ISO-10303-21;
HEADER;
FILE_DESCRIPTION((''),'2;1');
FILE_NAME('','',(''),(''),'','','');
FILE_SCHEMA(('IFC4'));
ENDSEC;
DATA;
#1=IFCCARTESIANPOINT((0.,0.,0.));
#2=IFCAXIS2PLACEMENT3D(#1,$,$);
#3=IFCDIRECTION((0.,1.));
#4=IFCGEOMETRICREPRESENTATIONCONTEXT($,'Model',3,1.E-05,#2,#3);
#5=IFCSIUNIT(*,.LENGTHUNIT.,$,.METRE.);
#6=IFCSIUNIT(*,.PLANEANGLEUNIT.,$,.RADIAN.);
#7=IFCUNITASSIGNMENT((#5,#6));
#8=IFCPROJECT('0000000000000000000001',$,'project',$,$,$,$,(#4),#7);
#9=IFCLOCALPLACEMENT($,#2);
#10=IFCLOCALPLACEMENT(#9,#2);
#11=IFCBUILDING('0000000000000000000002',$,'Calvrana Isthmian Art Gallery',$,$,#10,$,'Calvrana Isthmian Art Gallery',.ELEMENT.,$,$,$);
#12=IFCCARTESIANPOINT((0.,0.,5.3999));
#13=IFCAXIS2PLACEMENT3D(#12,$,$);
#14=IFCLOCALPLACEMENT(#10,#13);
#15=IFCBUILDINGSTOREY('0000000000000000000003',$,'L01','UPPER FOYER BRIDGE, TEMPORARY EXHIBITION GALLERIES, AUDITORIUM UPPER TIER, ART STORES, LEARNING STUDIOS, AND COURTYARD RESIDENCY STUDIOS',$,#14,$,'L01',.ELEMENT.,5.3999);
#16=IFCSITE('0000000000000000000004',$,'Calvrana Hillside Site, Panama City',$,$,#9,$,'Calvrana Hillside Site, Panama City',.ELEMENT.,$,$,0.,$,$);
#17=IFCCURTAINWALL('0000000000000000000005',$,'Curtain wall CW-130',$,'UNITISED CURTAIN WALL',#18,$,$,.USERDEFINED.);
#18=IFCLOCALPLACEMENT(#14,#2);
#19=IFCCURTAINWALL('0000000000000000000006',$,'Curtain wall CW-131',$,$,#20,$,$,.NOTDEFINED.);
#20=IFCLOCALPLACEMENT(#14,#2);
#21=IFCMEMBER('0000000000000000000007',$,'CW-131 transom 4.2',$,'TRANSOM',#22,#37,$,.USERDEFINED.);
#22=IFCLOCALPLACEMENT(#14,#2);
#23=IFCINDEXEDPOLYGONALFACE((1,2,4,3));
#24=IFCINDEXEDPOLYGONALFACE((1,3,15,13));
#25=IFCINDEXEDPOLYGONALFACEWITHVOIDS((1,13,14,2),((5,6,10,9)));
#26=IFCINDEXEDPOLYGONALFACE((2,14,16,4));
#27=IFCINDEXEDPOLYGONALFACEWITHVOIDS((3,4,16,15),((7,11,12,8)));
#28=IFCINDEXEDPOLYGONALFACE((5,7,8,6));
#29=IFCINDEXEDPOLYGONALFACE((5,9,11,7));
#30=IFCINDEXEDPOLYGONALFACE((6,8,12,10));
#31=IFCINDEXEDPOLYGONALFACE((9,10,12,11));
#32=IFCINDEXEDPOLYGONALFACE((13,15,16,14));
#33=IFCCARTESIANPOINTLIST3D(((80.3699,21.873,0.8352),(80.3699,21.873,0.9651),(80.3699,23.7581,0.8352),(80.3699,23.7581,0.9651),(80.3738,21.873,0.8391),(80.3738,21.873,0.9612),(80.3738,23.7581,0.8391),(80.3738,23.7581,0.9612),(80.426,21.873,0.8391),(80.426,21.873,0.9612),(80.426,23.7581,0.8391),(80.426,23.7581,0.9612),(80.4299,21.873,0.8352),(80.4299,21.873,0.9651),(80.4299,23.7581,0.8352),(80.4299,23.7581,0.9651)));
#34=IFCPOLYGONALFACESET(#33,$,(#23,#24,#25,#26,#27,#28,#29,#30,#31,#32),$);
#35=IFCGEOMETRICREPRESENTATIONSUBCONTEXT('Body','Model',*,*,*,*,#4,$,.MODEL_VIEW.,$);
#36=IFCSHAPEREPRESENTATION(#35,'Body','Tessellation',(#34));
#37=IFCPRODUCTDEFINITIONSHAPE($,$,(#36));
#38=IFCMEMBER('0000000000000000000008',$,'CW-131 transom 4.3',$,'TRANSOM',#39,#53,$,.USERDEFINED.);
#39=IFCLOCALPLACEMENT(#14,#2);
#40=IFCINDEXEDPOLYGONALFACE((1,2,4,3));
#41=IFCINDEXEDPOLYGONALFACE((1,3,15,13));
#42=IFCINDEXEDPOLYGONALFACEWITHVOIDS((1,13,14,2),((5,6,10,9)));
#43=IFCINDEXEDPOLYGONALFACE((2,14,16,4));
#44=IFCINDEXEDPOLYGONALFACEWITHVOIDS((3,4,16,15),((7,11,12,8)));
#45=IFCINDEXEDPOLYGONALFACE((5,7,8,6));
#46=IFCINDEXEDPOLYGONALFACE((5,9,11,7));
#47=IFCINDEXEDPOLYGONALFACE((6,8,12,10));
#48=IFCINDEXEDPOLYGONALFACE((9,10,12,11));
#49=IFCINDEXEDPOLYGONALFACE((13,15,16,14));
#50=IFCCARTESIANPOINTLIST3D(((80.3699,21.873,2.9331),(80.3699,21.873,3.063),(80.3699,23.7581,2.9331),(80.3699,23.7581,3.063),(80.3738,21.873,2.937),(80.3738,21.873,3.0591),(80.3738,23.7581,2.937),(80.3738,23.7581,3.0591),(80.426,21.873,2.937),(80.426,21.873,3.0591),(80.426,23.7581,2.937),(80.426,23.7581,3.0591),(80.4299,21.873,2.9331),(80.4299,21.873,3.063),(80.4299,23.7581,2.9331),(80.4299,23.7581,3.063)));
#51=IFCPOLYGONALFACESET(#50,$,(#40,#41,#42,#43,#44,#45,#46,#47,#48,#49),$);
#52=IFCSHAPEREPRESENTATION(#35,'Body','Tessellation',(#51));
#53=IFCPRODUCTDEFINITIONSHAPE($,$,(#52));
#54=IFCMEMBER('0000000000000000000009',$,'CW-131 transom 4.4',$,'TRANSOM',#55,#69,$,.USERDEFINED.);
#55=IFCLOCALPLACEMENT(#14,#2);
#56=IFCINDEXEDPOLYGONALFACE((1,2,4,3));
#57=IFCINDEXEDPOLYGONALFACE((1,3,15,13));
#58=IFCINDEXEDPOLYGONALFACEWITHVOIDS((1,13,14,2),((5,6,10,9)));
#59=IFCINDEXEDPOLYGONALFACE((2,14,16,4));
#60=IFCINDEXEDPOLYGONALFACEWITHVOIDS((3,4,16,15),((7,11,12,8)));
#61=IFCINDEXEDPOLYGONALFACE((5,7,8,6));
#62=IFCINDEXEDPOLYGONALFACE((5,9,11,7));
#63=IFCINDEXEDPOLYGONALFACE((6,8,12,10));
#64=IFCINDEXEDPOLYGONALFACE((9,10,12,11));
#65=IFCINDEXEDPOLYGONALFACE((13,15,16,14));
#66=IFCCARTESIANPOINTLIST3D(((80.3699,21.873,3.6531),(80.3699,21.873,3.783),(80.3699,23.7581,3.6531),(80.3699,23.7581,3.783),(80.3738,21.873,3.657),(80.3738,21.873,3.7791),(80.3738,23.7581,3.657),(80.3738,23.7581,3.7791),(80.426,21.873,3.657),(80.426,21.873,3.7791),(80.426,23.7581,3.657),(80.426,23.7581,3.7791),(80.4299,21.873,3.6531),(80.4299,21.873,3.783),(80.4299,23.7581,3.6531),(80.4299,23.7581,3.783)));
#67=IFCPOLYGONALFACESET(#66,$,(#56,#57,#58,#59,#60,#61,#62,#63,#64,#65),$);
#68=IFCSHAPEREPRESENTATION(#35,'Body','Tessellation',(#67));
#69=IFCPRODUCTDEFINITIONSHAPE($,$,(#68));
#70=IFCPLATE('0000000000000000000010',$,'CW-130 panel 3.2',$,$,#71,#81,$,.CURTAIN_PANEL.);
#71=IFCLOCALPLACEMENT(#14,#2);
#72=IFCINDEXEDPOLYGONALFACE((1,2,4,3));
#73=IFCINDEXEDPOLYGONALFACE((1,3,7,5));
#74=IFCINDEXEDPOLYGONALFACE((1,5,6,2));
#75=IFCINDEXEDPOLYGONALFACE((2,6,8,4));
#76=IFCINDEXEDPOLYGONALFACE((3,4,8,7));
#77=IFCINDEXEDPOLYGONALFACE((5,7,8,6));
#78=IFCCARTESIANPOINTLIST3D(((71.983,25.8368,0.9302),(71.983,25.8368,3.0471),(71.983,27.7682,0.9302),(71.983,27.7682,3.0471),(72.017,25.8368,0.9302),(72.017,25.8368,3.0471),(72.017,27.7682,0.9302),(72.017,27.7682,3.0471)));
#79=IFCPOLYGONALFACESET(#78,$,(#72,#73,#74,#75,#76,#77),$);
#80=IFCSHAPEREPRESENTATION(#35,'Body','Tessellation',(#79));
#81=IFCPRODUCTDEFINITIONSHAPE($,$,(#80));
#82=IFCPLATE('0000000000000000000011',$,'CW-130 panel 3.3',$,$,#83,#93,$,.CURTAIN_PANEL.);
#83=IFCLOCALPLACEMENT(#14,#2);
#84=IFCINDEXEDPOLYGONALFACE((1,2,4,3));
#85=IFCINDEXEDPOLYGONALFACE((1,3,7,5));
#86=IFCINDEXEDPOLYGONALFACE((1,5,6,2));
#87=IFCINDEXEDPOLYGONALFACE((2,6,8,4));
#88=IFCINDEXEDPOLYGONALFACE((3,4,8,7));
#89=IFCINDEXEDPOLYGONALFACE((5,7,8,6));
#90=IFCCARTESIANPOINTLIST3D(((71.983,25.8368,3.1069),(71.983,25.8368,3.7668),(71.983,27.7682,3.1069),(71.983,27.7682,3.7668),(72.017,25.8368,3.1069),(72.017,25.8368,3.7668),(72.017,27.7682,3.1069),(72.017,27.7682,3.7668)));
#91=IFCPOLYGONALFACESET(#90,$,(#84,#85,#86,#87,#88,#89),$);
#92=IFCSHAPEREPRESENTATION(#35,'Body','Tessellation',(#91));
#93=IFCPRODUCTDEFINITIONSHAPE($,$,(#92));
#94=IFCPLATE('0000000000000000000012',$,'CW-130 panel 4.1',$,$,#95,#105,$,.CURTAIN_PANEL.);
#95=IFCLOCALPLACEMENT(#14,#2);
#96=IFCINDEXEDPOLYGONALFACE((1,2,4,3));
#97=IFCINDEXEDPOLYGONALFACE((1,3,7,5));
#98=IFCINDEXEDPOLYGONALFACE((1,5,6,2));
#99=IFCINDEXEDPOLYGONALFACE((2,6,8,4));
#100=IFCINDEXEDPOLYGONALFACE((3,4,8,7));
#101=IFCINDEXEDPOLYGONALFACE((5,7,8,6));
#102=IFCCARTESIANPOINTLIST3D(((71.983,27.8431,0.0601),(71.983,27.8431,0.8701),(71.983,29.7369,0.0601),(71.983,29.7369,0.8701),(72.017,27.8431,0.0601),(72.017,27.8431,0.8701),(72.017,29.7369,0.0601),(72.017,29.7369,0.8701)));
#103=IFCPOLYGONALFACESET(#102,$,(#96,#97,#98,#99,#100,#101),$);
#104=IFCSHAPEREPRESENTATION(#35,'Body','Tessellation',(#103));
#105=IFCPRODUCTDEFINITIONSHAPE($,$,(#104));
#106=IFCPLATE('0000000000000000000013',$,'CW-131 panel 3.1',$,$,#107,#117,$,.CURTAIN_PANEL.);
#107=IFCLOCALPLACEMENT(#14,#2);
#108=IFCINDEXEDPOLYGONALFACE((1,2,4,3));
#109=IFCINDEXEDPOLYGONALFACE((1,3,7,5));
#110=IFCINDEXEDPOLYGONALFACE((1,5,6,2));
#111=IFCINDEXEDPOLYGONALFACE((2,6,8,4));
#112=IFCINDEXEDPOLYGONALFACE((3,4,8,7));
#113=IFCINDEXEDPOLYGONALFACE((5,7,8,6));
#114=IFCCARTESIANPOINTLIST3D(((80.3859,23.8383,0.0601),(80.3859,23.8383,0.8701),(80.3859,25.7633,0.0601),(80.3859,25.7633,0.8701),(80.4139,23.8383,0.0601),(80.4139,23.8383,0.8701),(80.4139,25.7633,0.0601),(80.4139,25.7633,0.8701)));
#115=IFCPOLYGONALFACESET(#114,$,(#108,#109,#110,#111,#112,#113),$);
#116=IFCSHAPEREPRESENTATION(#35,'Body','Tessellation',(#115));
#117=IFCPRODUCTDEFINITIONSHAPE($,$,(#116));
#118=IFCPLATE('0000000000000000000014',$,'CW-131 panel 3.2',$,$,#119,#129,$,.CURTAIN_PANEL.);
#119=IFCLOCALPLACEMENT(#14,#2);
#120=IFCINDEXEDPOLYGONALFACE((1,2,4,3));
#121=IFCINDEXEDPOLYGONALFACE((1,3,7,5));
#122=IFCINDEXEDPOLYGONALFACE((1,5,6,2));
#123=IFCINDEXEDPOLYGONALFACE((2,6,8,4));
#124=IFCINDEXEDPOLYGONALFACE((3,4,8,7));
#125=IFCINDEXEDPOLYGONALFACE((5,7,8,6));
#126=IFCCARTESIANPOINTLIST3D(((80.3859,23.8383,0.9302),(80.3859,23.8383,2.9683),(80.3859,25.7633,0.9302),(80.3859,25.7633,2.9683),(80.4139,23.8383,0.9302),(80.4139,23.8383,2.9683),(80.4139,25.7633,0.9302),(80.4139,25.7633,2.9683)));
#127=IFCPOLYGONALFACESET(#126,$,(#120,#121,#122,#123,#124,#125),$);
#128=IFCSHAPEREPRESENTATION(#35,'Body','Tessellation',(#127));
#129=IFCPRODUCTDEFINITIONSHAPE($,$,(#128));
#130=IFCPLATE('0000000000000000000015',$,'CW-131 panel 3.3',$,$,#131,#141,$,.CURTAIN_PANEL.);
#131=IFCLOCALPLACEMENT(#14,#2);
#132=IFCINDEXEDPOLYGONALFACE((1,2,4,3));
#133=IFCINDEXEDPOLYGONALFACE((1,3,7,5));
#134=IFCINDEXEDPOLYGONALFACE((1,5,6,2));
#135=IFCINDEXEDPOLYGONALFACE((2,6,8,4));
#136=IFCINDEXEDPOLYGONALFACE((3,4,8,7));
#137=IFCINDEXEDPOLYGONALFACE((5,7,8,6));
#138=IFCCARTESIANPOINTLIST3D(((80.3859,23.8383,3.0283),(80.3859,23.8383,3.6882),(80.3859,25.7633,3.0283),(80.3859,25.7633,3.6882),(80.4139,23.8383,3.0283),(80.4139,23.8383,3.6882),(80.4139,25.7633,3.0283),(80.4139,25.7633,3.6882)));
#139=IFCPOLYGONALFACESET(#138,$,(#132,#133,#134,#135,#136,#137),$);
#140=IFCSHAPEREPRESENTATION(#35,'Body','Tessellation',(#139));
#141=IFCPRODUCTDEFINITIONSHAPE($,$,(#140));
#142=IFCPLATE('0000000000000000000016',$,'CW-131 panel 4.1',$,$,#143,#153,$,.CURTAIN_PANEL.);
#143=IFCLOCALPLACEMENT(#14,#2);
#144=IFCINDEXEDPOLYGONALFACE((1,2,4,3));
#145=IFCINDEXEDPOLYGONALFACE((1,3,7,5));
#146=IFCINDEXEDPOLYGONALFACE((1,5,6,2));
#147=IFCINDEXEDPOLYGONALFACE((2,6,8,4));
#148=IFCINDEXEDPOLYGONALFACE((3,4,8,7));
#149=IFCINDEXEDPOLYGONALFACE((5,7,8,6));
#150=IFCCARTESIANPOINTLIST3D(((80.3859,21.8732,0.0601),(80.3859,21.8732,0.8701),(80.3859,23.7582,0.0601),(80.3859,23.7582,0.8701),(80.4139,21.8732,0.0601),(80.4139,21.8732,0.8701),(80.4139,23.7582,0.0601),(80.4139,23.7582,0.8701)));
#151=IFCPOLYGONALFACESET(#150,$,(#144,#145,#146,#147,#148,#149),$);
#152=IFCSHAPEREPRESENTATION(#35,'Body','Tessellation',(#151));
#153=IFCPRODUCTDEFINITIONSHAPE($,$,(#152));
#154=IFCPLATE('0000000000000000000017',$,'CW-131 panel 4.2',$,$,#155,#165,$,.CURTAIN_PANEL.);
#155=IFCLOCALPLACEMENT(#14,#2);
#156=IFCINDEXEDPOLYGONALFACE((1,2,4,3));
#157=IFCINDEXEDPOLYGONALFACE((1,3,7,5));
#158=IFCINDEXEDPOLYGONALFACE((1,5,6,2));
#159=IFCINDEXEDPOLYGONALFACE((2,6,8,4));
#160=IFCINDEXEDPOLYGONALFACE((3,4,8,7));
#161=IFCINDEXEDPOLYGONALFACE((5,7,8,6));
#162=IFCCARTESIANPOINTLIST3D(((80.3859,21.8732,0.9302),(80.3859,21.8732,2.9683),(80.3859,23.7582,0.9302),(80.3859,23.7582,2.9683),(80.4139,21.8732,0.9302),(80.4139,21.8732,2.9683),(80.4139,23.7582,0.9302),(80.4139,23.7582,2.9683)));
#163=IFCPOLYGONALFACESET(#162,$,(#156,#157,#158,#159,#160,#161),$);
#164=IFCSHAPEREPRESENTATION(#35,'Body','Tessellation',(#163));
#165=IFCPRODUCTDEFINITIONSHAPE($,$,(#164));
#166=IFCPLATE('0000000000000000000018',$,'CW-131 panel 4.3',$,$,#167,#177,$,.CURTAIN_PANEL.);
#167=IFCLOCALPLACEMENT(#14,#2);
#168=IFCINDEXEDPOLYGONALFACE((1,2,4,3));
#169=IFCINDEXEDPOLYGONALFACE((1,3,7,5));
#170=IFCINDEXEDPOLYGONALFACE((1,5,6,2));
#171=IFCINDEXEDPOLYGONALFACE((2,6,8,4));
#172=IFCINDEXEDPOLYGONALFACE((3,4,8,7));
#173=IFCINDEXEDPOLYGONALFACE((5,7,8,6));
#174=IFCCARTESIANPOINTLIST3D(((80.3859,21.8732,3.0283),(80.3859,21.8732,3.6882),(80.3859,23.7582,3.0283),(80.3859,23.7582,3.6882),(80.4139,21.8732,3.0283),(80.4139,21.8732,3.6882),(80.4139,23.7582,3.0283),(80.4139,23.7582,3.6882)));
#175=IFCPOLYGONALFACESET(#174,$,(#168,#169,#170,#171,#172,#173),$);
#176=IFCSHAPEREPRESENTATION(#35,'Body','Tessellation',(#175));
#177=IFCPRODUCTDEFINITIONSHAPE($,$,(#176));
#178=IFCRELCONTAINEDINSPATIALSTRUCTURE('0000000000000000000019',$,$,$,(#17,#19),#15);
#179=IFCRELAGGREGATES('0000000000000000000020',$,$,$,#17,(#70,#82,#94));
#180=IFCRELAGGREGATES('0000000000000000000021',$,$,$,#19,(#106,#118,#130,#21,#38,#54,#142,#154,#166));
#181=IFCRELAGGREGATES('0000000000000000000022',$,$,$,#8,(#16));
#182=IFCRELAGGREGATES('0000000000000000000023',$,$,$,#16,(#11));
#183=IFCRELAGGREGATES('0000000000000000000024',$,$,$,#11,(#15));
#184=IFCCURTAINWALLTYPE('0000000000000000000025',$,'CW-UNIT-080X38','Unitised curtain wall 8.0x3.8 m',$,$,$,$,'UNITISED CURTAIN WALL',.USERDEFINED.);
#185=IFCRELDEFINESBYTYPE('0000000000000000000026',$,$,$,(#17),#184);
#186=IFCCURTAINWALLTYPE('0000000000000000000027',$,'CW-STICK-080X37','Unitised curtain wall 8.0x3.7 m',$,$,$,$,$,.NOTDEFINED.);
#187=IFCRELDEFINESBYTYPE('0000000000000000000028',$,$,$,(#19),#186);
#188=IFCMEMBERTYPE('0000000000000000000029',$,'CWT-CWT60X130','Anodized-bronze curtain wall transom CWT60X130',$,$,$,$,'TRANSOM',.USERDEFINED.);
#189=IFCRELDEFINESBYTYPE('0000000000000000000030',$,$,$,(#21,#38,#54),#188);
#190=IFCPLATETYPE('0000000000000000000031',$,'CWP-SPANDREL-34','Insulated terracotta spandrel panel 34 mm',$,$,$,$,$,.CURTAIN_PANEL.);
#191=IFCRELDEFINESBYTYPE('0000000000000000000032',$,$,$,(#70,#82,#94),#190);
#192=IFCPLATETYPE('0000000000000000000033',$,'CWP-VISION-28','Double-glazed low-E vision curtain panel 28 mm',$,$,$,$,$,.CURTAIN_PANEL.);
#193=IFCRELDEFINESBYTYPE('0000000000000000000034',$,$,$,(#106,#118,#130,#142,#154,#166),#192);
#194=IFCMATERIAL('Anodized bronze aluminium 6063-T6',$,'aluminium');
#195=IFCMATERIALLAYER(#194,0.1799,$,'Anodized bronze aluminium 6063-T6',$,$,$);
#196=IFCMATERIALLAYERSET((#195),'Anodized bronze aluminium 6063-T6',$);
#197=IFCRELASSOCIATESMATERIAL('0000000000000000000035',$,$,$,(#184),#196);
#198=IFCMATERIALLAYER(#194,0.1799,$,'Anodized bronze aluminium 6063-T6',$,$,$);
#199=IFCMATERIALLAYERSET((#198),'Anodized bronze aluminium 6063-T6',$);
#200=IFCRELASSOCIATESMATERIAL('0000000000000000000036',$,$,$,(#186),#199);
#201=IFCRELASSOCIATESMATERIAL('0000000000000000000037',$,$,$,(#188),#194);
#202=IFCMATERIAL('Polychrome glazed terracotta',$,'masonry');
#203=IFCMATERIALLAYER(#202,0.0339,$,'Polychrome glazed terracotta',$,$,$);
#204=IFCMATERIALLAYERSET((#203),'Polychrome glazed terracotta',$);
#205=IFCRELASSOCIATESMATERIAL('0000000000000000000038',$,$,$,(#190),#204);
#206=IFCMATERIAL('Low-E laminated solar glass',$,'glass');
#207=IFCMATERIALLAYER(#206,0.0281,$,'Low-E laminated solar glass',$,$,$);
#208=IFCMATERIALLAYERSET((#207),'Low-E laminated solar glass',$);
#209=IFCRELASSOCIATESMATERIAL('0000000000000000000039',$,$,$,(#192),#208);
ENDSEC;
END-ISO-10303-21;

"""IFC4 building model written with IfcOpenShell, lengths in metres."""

from ifc_helpers import new_model, si_unit, direction, frame, origin, origin_2d, place, context, subcontext, project, spatial, rectangle, hollow_rectangle, extrude, material, layer, layer_set, material_profile, profile_set, type_object, element, aggregate, save


model = new_model("IFC4")

# Units and contexts
model_context = context("Model", 3, precision=1e-05, world=origin(), true_north=direction((0.0, 1.0)))
body_context = subcontext(model_context, "Body", "Model", "MODEL_VIEW")
ifc_project = project(units=[si_unit("LENGTHUNIT", "METRE"), si_unit("PLANEANGLEUNIT", "RADIAN")], contexts=[model_context])

# Site, building, storey
site_placement = place(None, origin())
site = spatial("IfcSite", under=ifc_project, at=site_placement, Name="Calvrana Hillside Site, Panama City", LongName="Calvrana Hillside Site, Panama City", CompositionType="ELEMENT", RefElevation=0.0)
building_placement = place(site_placement, origin())
building = spatial("IfcBuilding", under=site, at=building_placement, Name="Calvrana Isthmian Art Gallery", LongName="Calvrana Isthmian Art Gallery", CompositionType="ELEMENT")
storey_placement = place(building_placement, frame((0.0, 0.0, 5.3999)))
storey = spatial("IfcBuildingStorey", under=building, at=storey_placement, Name="L01", Description="UPPER FOYER BRIDGE, TEMPORARY EXHIBITION GALLERIES, AUDITORIUM UPPER TIER, ART STORES, LEARNING STUDIOS, AND COURTYARD RESIDENCY STUDIOS", LongName="L01", CompositionType="ELEMENT", Elevation=5.3999)

# Curtain wall
ifc_material_1 = material(Name="Anodized bronze aluminium 6063-T6", Category="aluminium")
ifc_layer_1 = layer(ifc_material_1, 0.1799, Name="Anodized bronze aluminium 6063-T6")
ifc_layer_set_1 = layer_set([ifc_layer_1], Name="Anodized bronze aluminium 6063-T6")
curtain_wall_type_1 = type_object("IfcCurtainWallType", Name="CW-UNIT-080X38", Description="Unitised curtain wall 8.0x3.8 m", ElementType="UNITISED CURTAIN WALL", PredefinedType="USERDEFINED", material=ifc_layer_set_1)
curtain_wall_1_placement = place(storey_placement, origin())
curtain_wall_1 = element("IfcCurtainWall", 1, at=curtain_wall_1_placement, inside=storey, type_object=curtain_wall_type_1, Name="Curtain wall CW-130", ObjectType="UNITISED CURTAIN WALL", PredefinedType="USERDEFINED")

# Curtain wall
ifc_layer_2 = layer(ifc_material_1, 0.1799, Name="Anodized bronze aluminium 6063-T6")
ifc_layer_set_2 = layer_set([ifc_layer_2], Name="Anodized bronze aluminium 6063-T6")
curtain_wall_type_2 = type_object("IfcCurtainWallType", Name="CW-STICK-080X37", Description="Unitised curtain wall 8.0x3.7 m", PredefinedType="NOTDEFINED", material=ifc_layer_set_2)
curtain_wall_2_placement = place(storey_placement, origin())
curtain_wall_2 = element("IfcCurtainWall", 2, at=curtain_wall_2_placement, inside=storey, type_object=curtain_wall_type_2, Name="Curtain wall CW-131", PredefinedType="NOTDEFINED")

# Members
ifc_material_profile_1 = material_profile(ifc_material_1, hollow_rectangle(XDim=0.0601, YDim=0.1299, WallThickness=0.0039, at=origin_2d()), Name="CWT60X130")
ifc_profile_set_1 = profile_set([ifc_material_profile_1], Name="Anodized bronze aluminium 6063-T6")
member_type_1 = type_object("IfcMemberType", Name="CWT-CWT60X130", Description="Anodized-bronze curtain wall transom CWT60X130", ElementType="TRANSOM", PredefinedType="USERDEFINED", material=ifc_profile_set_1)
member_1_placement = place(storey_placement, frame((80.3999, 23.7581, 0.9001), z_axis=(0.0, -1.0, 0.0), x_axis=(1.0, 0.0, 0.0)))
member_1 = element("IfcMember", 3, at=member_1_placement, type_object=member_type_1, Name="CW-131 transom 4.2", ObjectType="TRANSOM", PredefinedType="USERDEFINED", context=body_context, shape_type="SweptSolid", body=[
    extrude(hollow_rectangle(XDim=0.0601, YDim=0.1299, WallThickness=0.0039, at=origin_2d()), origin(), (0.0, 0.0, 1.0), 1.885),
])
member_2_placement = place(storey_placement, frame((80.3999, 23.7581, 2.998), z_axis=(0.0, -1.0, 0.0), x_axis=(1.0, 0.0, 0.0)))
member_2 = element("IfcMember", 4, at=member_2_placement, type_object=member_type_1, Name="CW-131 transom 4.3", ObjectType="TRANSOM", PredefinedType="USERDEFINED", context=body_context, shape_type="SweptSolid", body=[
    extrude(hollow_rectangle(XDim=0.0601, YDim=0.1299, WallThickness=0.0039, at=origin_2d()), origin(), (0.0, 0.0, 1.0), 1.885),
])
member_3_placement = place(storey_placement, frame((80.3999, 23.7581, 3.718), z_axis=(0.0, -1.0, 0.0), x_axis=(1.0, 0.0, 0.0)))
member_3 = element("IfcMember", 5, at=member_3_placement, type_object=member_type_1, Name="CW-131 transom 4.4", ObjectType="TRANSOM", PredefinedType="USERDEFINED", context=body_context, shape_type="SweptSolid", body=[
    extrude(hollow_rectangle(XDim=0.0601, YDim=0.1299, WallThickness=0.0039, at=origin_2d()), origin(), (0.0, 0.0, 1.0), 1.885),
])

# Plates
ifc_material_2 = material(Name="Polychrome glazed terracotta", Category="masonry")
ifc_layer_3 = layer(ifc_material_2, 0.0339, Name="Polychrome glazed terracotta")
ifc_layer_set_3 = layer_set([ifc_layer_3], Name="Polychrome glazed terracotta")
plate_type_1 = type_object("IfcPlateType", Name="CWP-SPANDREL-34", Description="Insulated terracotta spandrel panel 34 mm", PredefinedType="CURTAIN_PANEL", material=ifc_layer_set_3)
plate_1_placement = place(storey_placement, frame((72.0, 26.8025, 0.9302), z_axis=(0.0, 0.0, 1.0), x_axis=(0.0, 1.0, 0.0)))
plate_1 = element("IfcPlate", 6, at=plate_1_placement, type_object=plate_type_1, Name="CW-130 panel 3.2", PredefinedType="CURTAIN_PANEL", context=body_context, shape_type="SweptSolid", body=[
    extrude(rectangle(XDim=1.9314, YDim=0.0339, at=origin_2d()), origin(), (0.0, 0.0, 1.0), 2.1169),
])
plate_2_placement = place(storey_placement, frame((72.0, 26.8025, 3.1069), z_axis=(0.0, 0.0, 1.0), x_axis=(0.0, 1.0, 0.0)))
plate_2 = element("IfcPlate", 7, at=plate_2_placement, type_object=plate_type_1, Name="CW-130 panel 3.3", PredefinedType="CURTAIN_PANEL", context=body_context, shape_type="SweptSolid", body=[
    extrude(rectangle(XDim=1.9314, YDim=0.0339, at=origin_2d()), origin(), (0.0, 0.0, 1.0), 0.6599),
])
plate_3_placement = place(storey_placement, frame((72.0, 28.79, 0.0601), z_axis=(0.0, 0.0, 1.0), x_axis=(0.0, 1.0, 0.0)))
plate_3 = element("IfcPlate", 8, at=plate_3_placement, type_object=plate_type_1, Name="CW-130 panel 4.1", PredefinedType="CURTAIN_PANEL", context=body_context, shape_type="SweptSolid", body=[
    extrude(rectangle(XDim=1.8938, YDim=0.0339, at=origin_2d()), origin(), (0.0, 0.0, 1.0), 0.8101),
])
aggregate(curtain_wall_1, [plate_1, plate_2, plate_3])
ifc_material_3 = material(Name="Low-E laminated solar glass", Category="glass")
ifc_layer_4 = layer(ifc_material_3, 0.0281, Name="Low-E laminated solar glass")
ifc_layer_set_4 = layer_set([ifc_layer_4], Name="Low-E laminated solar glass")
plate_type_2 = type_object("IfcPlateType", Name="CWP-VISION-28", Description="Double-glazed low-E vision curtain panel 28 mm", PredefinedType="CURTAIN_PANEL", material=ifc_layer_set_4)
plate_4_placement = place(storey_placement, frame((80.3999, 24.8008, 0.0601), z_axis=(0.0, 0.0, 1.0), x_axis=(0.0, -1.0, 0.0)))
plate_4 = element("IfcPlate", 9, at=plate_4_placement, type_object=plate_type_2, Name="CW-131 panel 3.1", PredefinedType="CURTAIN_PANEL", context=body_context, shape_type="SweptSolid", body=[
    extrude(rectangle(XDim=1.925, YDim=0.0281, at=origin_2d()), origin(), (0.0, 0.0, 1.0), 0.8101),
])
plate_5_placement = place(storey_placement, frame((80.3999, 24.8008, 0.9302), z_axis=(0.0, 0.0, 1.0), x_axis=(0.0, -1.0, 0.0)))
plate_5 = element("IfcPlate", 10, at=plate_5_placement, type_object=plate_type_2, Name="CW-131 panel 3.2", PredefinedType="CURTAIN_PANEL", context=body_context, shape_type="SweptSolid", body=[
    extrude(rectangle(XDim=1.925, YDim=0.0281, at=origin_2d()), origin(), (0.0, 0.0, 1.0), 2.0381),
])
plate_6_placement = place(storey_placement, frame((80.3999, 24.8008, 3.0283), z_axis=(0.0, 0.0, 1.0), x_axis=(0.0, -1.0, 0.0)))
plate_6 = element("IfcPlate", 11, at=plate_6_placement, type_object=plate_type_2, Name="CW-131 panel 3.3", PredefinedType="CURTAIN_PANEL", context=body_context, shape_type="SweptSolid", body=[
    extrude(rectangle(XDim=1.925, YDim=0.0281, at=origin_2d()), origin(), (0.0, 0.0, 1.0), 0.6599),
])
plate_7_placement = place(storey_placement, frame((80.3999, 22.8157, 0.0601), z_axis=(0.0, 0.0, 1.0), x_axis=(0.0, -1.0, 0.0)))
plate_7 = element("IfcPlate", 12, at=plate_7_placement, type_object=plate_type_2, Name="CW-131 panel 4.1", PredefinedType="CURTAIN_PANEL", context=body_context, shape_type="SweptSolid", body=[
    extrude(rectangle(XDim=1.885, YDim=0.0281, at=origin_2d()), origin(), (0.0, 0.0, 1.0), 0.8101),
])
plate_8_placement = place(storey_placement, frame((80.3999, 22.8157, 0.9302), z_axis=(0.0, 0.0, 1.0), x_axis=(0.0, -1.0, 0.0)))
plate_8 = element("IfcPlate", 13, at=plate_8_placement, type_object=plate_type_2, Name="CW-131 panel 4.2", PredefinedType="CURTAIN_PANEL", context=body_context, shape_type="SweptSolid", body=[
    extrude(rectangle(XDim=1.885, YDim=0.0281, at=origin_2d()), origin(), (0.0, 0.0, 1.0), 2.0381),
])
plate_9_placement = place(storey_placement, frame((80.3999, 22.8157, 3.0283), z_axis=(0.0, 0.0, 1.0), x_axis=(0.0, -1.0, 0.0)))
plate_9 = element("IfcPlate", 14, at=plate_9_placement, type_object=plate_type_2, Name="CW-131 panel 4.3", PredefinedType="CURTAIN_PANEL", context=body_context, shape_type="SweptSolid", body=[
    extrude(rectangle(XDim=1.885, YDim=0.0281, at=origin_2d()), origin(), (0.0, 0.0, 1.0), 0.6599),
])
aggregate(curtain_wall_2, [plate_4, plate_5, plate_6, member_1, member_2, member_3, plate_7, plate_8, plate_9])

save(model, "model.ifc")
